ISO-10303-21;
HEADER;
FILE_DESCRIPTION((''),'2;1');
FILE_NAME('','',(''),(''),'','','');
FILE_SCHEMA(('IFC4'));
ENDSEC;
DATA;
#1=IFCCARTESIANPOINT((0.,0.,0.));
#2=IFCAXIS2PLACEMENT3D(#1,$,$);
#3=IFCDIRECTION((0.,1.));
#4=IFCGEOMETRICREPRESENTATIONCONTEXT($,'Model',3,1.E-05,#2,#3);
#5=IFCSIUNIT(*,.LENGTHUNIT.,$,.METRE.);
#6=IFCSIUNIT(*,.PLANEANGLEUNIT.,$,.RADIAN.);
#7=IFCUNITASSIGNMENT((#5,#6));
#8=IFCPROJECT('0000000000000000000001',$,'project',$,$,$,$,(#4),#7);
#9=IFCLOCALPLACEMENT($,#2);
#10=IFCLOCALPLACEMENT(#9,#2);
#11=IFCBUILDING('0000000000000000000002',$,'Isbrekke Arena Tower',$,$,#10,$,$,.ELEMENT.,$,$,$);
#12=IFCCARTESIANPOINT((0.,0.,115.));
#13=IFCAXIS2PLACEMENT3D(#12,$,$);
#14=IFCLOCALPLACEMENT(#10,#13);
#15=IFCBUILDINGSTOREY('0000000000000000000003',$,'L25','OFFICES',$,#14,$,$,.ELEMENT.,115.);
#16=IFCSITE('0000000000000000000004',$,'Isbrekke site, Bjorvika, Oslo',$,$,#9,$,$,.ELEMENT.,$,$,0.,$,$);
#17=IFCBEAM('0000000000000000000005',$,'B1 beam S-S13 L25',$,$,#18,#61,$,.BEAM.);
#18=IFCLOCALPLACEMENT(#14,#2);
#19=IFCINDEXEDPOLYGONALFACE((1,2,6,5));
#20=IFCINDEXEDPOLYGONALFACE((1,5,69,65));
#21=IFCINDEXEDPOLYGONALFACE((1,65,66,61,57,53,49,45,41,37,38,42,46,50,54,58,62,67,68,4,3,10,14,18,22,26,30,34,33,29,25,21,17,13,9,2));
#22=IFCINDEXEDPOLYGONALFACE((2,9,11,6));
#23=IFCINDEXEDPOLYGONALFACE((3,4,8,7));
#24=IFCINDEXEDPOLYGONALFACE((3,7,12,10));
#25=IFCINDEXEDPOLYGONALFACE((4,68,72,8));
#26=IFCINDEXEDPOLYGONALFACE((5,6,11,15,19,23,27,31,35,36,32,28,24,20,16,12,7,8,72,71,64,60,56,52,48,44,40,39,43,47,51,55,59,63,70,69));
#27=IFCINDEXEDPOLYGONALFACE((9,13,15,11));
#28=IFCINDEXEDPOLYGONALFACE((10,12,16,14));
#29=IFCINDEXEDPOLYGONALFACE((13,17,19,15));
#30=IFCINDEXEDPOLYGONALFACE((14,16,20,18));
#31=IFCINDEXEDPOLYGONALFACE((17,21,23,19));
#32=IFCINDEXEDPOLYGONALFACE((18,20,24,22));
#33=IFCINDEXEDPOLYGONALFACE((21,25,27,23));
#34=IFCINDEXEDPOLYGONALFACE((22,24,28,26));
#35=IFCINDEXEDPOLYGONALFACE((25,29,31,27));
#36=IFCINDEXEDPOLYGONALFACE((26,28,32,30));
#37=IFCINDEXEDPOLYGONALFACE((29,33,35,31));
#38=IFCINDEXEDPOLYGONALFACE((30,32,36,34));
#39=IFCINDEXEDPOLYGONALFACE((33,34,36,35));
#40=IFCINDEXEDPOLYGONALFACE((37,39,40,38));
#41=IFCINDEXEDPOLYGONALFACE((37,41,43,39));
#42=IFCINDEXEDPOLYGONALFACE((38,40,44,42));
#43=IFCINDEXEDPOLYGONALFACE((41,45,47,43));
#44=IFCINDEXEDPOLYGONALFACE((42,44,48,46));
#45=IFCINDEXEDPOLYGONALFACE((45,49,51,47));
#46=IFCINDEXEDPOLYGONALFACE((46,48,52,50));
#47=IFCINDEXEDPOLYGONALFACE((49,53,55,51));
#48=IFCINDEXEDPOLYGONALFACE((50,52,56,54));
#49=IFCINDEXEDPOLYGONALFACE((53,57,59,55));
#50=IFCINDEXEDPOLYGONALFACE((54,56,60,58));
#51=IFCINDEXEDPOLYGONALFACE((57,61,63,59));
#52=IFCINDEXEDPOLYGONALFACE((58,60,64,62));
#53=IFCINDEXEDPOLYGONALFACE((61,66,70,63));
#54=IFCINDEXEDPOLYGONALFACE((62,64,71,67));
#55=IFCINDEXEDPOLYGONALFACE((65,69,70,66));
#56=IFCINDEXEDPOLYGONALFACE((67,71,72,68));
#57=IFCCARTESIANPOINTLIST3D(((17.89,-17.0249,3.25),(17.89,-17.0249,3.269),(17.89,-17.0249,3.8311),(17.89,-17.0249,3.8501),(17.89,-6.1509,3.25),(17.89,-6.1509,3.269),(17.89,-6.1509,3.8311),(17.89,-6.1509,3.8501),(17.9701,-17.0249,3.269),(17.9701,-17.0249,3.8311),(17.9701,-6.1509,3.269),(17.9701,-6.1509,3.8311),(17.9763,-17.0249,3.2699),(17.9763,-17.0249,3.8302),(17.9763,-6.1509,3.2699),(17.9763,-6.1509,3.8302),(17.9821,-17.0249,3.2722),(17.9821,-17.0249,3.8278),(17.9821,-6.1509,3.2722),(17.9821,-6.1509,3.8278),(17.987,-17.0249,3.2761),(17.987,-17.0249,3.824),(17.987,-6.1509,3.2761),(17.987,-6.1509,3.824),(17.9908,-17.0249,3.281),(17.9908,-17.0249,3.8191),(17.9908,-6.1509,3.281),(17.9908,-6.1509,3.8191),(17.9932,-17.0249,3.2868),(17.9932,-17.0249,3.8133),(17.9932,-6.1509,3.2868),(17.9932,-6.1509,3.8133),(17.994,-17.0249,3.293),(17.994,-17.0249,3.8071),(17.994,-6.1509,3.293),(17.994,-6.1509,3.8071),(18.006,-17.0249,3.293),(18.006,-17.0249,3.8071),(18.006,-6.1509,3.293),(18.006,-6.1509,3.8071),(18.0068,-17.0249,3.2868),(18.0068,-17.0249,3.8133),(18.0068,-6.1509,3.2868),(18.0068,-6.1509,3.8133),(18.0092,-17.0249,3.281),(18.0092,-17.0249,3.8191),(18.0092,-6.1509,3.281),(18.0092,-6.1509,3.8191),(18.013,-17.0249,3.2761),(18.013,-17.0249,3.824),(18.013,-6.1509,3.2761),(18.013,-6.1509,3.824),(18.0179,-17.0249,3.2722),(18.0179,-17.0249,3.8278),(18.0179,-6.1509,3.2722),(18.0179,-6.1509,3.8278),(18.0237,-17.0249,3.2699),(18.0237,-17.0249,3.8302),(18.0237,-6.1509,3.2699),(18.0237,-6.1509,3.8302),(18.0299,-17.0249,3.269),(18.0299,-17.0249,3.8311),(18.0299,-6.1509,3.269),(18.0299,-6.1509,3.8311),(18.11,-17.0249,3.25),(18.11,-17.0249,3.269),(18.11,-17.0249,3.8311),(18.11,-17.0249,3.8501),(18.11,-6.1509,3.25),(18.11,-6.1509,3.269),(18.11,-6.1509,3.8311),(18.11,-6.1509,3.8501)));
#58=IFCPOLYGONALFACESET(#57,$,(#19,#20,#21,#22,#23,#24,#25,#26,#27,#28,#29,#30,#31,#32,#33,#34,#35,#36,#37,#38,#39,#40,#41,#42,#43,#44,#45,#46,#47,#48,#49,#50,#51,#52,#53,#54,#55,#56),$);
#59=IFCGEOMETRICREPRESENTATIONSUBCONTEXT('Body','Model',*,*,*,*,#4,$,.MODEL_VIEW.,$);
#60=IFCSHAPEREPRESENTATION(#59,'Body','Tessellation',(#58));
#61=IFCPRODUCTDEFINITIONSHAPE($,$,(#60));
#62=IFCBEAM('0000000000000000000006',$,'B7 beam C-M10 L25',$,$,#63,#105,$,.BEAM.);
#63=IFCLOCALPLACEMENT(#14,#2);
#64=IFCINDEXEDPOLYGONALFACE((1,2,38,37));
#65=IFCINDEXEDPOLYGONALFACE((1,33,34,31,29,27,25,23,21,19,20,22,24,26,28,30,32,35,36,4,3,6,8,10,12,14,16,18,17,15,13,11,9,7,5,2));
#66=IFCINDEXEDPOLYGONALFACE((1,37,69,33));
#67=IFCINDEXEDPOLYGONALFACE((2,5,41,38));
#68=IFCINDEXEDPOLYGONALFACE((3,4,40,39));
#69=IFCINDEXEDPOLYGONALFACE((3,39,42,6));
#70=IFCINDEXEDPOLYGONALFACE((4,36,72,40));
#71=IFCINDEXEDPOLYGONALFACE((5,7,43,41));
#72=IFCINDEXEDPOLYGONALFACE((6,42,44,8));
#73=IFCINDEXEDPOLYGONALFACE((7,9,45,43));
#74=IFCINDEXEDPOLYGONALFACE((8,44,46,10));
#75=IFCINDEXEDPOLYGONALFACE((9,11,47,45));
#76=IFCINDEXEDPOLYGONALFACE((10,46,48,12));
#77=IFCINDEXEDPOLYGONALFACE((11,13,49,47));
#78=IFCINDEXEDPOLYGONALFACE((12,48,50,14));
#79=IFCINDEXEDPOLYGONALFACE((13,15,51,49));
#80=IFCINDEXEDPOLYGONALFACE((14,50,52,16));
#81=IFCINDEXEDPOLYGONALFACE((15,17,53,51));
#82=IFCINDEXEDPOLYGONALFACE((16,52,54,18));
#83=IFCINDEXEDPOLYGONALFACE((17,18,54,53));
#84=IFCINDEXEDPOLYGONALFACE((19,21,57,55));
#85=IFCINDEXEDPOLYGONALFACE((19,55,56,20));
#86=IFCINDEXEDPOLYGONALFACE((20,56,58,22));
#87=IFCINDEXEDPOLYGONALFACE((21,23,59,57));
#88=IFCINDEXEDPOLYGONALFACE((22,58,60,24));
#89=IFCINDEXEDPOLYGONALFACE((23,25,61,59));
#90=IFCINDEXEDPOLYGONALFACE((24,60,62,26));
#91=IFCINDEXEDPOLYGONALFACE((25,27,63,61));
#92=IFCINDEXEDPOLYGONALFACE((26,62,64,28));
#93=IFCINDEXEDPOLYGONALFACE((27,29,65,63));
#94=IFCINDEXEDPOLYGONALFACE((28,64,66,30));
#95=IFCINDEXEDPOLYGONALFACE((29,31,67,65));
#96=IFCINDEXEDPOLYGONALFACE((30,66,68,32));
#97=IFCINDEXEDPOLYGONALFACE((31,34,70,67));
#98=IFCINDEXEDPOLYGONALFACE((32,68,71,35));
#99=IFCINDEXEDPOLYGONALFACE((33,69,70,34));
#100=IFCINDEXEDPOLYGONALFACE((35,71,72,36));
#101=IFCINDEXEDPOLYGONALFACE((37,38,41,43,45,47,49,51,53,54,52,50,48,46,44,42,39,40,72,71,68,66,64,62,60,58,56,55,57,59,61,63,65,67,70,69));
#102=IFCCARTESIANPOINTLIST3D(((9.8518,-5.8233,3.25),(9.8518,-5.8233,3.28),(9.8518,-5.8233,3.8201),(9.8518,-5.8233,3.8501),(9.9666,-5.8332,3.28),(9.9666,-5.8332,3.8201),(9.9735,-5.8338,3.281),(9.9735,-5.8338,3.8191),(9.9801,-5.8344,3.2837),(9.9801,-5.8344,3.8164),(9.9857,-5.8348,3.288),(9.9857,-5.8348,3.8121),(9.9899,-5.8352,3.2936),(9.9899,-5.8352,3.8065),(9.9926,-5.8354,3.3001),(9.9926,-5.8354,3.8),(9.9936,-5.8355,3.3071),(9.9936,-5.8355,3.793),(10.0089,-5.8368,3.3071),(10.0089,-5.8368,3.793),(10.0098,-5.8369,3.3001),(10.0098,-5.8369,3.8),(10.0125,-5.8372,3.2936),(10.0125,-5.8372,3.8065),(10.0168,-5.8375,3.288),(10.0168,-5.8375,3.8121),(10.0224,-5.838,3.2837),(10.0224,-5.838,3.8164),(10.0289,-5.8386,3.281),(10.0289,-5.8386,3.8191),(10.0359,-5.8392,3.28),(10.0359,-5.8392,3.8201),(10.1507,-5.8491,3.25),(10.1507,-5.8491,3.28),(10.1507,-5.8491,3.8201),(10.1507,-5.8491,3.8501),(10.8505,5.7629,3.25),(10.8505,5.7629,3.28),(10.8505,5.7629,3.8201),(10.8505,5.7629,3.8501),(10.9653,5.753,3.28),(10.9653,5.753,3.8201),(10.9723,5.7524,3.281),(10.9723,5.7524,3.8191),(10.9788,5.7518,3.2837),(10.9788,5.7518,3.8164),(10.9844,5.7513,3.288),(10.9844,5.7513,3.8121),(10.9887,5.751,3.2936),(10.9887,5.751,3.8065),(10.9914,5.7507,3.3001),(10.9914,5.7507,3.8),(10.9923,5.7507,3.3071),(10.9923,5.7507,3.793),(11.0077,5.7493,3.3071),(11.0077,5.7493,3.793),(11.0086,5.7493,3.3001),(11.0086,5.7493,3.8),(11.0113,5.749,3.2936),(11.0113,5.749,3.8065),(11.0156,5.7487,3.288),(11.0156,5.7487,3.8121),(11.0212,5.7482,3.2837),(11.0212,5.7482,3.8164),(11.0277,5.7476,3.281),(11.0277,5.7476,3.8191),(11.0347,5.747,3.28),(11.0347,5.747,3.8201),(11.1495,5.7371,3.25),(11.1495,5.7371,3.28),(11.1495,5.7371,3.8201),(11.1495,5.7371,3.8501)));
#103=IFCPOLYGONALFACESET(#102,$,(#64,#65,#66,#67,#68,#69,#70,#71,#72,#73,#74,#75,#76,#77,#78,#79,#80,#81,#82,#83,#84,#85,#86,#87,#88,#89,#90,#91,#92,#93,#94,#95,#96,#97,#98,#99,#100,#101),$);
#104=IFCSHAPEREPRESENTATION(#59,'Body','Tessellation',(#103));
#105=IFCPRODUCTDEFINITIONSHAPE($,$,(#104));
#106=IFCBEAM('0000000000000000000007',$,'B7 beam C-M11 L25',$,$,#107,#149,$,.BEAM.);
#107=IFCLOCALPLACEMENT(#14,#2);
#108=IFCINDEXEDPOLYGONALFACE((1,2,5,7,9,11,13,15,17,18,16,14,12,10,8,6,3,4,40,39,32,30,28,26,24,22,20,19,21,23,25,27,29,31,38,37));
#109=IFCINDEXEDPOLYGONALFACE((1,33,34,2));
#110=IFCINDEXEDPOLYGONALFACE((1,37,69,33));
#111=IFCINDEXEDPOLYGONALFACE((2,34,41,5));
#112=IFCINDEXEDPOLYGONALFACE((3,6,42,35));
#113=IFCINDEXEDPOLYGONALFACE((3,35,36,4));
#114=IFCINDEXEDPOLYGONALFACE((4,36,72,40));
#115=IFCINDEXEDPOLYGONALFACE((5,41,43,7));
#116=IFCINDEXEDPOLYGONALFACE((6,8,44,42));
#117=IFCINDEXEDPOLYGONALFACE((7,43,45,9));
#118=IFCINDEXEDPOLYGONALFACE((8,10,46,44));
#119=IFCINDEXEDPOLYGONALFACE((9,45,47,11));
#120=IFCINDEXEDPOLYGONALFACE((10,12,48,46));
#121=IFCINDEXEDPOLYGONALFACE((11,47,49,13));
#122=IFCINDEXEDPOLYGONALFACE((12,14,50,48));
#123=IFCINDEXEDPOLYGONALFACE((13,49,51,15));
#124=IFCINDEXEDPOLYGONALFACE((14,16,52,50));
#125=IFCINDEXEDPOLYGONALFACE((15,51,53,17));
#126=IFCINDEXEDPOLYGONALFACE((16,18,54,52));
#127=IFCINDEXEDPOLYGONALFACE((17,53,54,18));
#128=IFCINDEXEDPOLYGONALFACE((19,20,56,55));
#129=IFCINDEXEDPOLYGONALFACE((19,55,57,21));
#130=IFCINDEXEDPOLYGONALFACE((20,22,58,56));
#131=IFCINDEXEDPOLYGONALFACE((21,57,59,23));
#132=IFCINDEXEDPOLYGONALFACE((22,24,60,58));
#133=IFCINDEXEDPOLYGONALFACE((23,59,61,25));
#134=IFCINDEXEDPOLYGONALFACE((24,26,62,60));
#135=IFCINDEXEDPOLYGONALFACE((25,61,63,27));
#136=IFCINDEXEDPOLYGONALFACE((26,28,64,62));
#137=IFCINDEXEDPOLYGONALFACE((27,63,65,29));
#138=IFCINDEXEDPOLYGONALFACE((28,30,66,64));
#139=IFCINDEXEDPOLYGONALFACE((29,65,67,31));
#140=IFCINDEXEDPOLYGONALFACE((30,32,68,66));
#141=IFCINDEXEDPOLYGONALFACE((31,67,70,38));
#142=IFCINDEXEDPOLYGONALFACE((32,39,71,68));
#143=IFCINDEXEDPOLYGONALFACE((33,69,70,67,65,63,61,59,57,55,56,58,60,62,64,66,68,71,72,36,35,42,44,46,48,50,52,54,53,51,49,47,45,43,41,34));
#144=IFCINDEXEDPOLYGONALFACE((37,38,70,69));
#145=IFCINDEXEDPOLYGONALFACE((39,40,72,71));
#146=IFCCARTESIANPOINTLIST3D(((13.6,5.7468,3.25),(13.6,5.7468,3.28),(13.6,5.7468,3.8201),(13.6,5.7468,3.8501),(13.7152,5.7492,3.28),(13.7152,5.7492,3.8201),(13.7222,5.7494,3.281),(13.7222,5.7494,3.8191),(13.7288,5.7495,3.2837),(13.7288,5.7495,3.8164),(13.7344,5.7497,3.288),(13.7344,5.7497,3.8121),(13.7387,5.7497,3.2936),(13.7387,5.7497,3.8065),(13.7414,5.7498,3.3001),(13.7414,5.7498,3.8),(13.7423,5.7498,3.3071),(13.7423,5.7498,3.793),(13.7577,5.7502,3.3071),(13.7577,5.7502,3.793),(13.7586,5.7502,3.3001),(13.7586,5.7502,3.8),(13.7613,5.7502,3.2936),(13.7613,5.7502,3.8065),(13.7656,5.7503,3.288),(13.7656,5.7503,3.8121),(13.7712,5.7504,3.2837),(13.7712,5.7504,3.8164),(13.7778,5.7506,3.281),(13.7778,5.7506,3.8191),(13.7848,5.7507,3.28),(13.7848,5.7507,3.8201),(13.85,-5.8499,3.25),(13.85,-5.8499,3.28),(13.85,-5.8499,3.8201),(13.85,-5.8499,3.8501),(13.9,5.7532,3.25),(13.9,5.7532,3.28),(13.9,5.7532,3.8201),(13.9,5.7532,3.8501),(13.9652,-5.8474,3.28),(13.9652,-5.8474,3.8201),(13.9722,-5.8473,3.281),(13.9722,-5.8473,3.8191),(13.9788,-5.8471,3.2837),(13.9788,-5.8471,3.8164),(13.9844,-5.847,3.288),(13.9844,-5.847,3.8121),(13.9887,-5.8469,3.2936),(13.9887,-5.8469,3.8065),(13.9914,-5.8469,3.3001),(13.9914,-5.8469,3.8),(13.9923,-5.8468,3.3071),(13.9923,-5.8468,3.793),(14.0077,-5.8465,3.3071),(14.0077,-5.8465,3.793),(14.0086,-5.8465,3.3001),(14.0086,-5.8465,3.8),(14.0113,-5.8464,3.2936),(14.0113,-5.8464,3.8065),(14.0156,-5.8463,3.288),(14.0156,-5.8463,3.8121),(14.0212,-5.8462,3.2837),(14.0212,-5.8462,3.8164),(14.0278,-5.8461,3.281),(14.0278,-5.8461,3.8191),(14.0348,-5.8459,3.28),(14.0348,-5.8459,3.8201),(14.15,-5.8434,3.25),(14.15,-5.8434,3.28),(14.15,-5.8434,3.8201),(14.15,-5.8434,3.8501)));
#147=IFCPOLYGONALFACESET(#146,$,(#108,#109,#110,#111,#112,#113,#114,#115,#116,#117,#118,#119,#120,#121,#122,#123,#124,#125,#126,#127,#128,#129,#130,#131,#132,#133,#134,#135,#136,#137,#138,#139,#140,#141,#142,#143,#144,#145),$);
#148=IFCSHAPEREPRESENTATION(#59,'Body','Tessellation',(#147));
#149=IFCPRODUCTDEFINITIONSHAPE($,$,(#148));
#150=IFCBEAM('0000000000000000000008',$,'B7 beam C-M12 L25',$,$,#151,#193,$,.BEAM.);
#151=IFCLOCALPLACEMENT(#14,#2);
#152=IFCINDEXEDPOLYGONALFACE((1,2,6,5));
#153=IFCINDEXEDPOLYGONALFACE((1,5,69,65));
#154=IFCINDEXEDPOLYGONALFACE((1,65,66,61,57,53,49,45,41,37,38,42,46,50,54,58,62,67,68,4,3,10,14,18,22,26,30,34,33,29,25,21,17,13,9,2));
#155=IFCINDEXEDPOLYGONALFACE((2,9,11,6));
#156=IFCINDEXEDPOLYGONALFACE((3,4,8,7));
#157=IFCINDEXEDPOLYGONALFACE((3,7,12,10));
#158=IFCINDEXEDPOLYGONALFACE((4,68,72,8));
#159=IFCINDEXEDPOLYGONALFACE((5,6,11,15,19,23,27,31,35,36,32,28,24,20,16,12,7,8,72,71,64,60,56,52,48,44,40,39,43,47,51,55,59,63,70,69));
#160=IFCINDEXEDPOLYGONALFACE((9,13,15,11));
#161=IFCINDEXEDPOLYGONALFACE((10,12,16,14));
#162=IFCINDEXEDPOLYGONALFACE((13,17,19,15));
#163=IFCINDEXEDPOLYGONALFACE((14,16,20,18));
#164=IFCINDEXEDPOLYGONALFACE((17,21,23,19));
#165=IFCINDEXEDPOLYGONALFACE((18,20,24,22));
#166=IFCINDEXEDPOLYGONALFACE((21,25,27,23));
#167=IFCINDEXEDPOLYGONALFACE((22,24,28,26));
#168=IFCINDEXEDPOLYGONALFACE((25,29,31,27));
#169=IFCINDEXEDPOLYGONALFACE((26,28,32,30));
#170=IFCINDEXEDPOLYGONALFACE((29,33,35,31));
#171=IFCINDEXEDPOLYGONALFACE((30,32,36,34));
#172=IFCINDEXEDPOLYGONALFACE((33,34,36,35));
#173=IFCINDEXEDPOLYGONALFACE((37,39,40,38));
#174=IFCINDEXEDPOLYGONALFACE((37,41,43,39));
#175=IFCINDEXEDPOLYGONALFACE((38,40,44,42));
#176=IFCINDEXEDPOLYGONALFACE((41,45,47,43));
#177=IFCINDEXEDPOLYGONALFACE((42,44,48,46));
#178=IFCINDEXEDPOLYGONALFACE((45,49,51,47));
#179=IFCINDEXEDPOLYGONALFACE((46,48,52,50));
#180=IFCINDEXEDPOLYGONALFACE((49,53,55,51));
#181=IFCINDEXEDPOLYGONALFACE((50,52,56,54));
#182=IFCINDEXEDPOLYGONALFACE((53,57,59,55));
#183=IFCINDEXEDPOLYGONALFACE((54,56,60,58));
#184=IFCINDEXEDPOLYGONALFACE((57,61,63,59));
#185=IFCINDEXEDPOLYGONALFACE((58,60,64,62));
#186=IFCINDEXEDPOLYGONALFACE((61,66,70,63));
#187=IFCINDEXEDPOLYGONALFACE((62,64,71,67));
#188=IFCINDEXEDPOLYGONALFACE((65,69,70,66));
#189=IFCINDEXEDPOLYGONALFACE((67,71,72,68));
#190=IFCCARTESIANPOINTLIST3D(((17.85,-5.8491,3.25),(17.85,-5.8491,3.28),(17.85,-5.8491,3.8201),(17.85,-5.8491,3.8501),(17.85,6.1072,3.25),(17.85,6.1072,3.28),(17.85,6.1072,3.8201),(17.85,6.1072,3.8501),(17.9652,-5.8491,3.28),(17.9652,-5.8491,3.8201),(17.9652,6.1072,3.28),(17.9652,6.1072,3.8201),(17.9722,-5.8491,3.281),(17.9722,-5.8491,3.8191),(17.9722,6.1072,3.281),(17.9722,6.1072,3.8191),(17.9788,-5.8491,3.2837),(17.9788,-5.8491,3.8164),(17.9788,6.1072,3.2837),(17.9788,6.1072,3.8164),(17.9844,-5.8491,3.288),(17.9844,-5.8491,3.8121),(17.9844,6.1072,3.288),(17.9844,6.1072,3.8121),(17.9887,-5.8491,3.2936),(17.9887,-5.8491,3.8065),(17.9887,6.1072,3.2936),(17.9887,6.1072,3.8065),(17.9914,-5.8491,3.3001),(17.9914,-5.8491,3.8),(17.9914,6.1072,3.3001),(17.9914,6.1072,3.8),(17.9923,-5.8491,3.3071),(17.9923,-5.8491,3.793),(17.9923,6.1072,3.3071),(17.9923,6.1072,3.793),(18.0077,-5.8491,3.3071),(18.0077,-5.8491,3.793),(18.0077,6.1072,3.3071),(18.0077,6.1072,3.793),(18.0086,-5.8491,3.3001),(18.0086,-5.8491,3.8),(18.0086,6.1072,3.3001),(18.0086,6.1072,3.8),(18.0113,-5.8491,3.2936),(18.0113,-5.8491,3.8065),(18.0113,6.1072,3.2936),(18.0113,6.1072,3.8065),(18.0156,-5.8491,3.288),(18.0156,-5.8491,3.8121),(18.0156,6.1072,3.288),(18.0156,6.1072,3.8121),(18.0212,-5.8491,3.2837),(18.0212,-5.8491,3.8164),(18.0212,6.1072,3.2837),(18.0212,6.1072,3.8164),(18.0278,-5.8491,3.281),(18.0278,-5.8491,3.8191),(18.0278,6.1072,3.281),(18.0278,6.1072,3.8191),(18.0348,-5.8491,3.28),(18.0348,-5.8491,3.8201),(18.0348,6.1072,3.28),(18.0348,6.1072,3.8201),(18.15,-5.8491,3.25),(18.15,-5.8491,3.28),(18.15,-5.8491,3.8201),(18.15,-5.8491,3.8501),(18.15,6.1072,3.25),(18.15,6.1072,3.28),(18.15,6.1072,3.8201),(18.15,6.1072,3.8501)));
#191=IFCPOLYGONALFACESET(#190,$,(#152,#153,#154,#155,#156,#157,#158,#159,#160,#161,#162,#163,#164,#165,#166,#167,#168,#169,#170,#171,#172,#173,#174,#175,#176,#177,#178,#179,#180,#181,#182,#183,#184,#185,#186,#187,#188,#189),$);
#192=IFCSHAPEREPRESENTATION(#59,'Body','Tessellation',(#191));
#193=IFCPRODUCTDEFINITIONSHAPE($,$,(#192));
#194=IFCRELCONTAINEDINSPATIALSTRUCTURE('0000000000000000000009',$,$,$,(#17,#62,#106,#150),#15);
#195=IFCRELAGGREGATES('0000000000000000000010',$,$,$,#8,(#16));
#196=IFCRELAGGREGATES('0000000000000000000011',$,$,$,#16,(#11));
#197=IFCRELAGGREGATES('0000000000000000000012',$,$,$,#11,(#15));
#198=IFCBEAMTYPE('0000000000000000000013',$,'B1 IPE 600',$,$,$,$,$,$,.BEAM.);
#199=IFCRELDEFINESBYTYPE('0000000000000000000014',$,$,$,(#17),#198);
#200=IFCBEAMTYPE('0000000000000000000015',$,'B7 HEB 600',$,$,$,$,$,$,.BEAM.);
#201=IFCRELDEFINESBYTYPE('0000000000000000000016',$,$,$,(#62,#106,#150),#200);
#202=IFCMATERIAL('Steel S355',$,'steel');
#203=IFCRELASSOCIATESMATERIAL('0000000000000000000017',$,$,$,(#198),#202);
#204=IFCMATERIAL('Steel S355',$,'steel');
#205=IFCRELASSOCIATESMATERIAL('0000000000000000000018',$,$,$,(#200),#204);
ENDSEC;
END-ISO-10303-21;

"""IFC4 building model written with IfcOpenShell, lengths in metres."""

from ifc_helpers import new_model, si_unit, direction, frame, origin, origin_2d, place, context, subcontext, project, spatial, i_section, extrude, material, material_profile, profile_set, type_object, element, save


model = new_model("IFC4")

# Units and contexts
model_context = context("Model", 3, precision=1e-05, world=origin(), true_north=direction((0.0, 1.0)))
body_context = subcontext(model_context, "Body", "Model", "MODEL_VIEW")
ifc_project = project(units=[si_unit("LENGTHUNIT", "METRE"), si_unit("PLANEANGLEUNIT", "RADIAN")], contexts=[model_context])

# Site, building, storey
site_placement = place(None, origin())
site = spatial("IfcSite", under=ifc_project, at=site_placement, Name="Isbrekke site, Bjorvika, Oslo", CompositionType="ELEMENT", RefElevation=0.0)
building_placement = place(site_placement, origin())
building = spatial("IfcBuilding", under=site, at=building_placement, Name="Isbrekke Arena Tower", CompositionType="ELEMENT")
storey_placement = place(building_placement, frame((0.0, 0.0, 115.0)))
storey = spatial("IfcBuildingStorey", under=building, at=storey_placement, Name="L25", Description="OFFICES", CompositionType="ELEMENT", Elevation=115.0)

# Beams
ifc_material_1 = material(Name="Steel S355", Category="steel")
ifc_material_profile_1 = material_profile(ifc_material_1, i_section(OverallWidth=0.22, OverallDepth=0.6001, WebThickness=0.012, FlangeThickness=0.019, FilletRadius=0.0239, at=origin_2d()), Name="IPE 600")
ifc_profile_set_1 = profile_set([ifc_material_profile_1], Name="Steel S355")
beam_type_1 = type_object("IfcBeamType", Name="B1 IPE 600", PredefinedType="BEAM", material=ifc_profile_set_1)
beam_1_placement = place(storey_placement, frame((18.0, -17.0249, 3.55), z_axis=(0.0, 1.0, 0.0), x_axis=(-1.0, 0.0, 0.0)))
element("IfcBeam", 1, at=beam_1_placement, inside=storey, type_object=beam_type_1, Name="B1 beam S-S13 L25", PredefinedType="BEAM", context=body_context, shape_type="SweptSolid", body=[
    extrude(i_section(OverallWidth=0.22, OverallDepth=0.6001, WebThickness=0.012, FlangeThickness=0.019, FilletRadius=0.0239, at=origin_2d()), origin(), (0.0, 0.0, 1.0), 10.874),
])
ifc_material_2 = material(Name="Steel S355", Category="steel")
ifc_material_profile_2 = material_profile(ifc_material_2, i_section(OverallWidth=0.3, OverallDepth=0.6001, WebThickness=0.0154, FlangeThickness=0.03, FilletRadius=0.0271, at=origin_2d()), Name="HEB 600")
ifc_profile_set_2 = profile_set([ifc_material_profile_2], Name="Steel S355")
beam_type_2 = type_object("IfcBeamType", Name="B7 HEB 600", PredefinedType="BEAM", material=ifc_profile_set_2)
beam_2_placement = place(storey_placement, frame((10.0012, -5.8362, 3.55), z_axis=(0.085886, 0.996305, 0.0), x_axis=(-0.996305, 0.085886, 0.0)))
element("IfcBeam", 2, at=beam_2_placement, inside=storey, type_object=beam_type_2, Name="B7 beam C-M10 L25", PredefinedType="BEAM", context=body_context, shape_type="SweptSolid", body=[
    extrude(i_section(OverallWidth=0.3, OverallDepth=0.6001, WebThickness=0.0154, FlangeThickness=0.03, FilletRadius=0.0271, at=origin_2d()), origin(), (0.0, 0.0, 1.0), 11.6292),
])
beam_3_placement = place(storey_placement, frame((14.0, -5.8467, 3.55), z_axis=(-0.021553, 0.999768, 0.0), x_axis=(-0.999768, -0.021553, 0.0)))
element("IfcBeam", 3, at=beam_3_placement, inside=storey, type_object=beam_type_2, Name="B7 beam C-M11 L25", PredefinedType="BEAM", context=body_context, shape_type="SweptSolid", body=[
    extrude(i_section(OverallWidth=0.3, OverallDepth=0.6001, WebThickness=0.0154, FlangeThickness=0.03, FilletRadius=0.0271, at=origin_2d()), origin(), (0.0, 0.0, 1.0), 11.5994),
])
beam_4_placement = place(storey_placement, frame((18.0, -5.8491, 3.55), z_axis=(0.0, 1.0, 0.0), x_axis=(-1.0, 0.0, 0.0)))
element("IfcBeam", 4, at=beam_4_placement, inside=storey, type_object=beam_type_2, Name="B7 beam C-M12 L25", PredefinedType="BEAM", context=body_context, shape_type="SweptSolid", body=[
    extrude(i_section(OverallWidth=0.3, OverallDepth=0.6001, WebThickness=0.0154, FlangeThickness=0.03, FilletRadius=0.0271, at=origin_2d()), origin(), (0.0, 0.0, 1.0), 11.9563),
])

save(model, "model.ifc")
